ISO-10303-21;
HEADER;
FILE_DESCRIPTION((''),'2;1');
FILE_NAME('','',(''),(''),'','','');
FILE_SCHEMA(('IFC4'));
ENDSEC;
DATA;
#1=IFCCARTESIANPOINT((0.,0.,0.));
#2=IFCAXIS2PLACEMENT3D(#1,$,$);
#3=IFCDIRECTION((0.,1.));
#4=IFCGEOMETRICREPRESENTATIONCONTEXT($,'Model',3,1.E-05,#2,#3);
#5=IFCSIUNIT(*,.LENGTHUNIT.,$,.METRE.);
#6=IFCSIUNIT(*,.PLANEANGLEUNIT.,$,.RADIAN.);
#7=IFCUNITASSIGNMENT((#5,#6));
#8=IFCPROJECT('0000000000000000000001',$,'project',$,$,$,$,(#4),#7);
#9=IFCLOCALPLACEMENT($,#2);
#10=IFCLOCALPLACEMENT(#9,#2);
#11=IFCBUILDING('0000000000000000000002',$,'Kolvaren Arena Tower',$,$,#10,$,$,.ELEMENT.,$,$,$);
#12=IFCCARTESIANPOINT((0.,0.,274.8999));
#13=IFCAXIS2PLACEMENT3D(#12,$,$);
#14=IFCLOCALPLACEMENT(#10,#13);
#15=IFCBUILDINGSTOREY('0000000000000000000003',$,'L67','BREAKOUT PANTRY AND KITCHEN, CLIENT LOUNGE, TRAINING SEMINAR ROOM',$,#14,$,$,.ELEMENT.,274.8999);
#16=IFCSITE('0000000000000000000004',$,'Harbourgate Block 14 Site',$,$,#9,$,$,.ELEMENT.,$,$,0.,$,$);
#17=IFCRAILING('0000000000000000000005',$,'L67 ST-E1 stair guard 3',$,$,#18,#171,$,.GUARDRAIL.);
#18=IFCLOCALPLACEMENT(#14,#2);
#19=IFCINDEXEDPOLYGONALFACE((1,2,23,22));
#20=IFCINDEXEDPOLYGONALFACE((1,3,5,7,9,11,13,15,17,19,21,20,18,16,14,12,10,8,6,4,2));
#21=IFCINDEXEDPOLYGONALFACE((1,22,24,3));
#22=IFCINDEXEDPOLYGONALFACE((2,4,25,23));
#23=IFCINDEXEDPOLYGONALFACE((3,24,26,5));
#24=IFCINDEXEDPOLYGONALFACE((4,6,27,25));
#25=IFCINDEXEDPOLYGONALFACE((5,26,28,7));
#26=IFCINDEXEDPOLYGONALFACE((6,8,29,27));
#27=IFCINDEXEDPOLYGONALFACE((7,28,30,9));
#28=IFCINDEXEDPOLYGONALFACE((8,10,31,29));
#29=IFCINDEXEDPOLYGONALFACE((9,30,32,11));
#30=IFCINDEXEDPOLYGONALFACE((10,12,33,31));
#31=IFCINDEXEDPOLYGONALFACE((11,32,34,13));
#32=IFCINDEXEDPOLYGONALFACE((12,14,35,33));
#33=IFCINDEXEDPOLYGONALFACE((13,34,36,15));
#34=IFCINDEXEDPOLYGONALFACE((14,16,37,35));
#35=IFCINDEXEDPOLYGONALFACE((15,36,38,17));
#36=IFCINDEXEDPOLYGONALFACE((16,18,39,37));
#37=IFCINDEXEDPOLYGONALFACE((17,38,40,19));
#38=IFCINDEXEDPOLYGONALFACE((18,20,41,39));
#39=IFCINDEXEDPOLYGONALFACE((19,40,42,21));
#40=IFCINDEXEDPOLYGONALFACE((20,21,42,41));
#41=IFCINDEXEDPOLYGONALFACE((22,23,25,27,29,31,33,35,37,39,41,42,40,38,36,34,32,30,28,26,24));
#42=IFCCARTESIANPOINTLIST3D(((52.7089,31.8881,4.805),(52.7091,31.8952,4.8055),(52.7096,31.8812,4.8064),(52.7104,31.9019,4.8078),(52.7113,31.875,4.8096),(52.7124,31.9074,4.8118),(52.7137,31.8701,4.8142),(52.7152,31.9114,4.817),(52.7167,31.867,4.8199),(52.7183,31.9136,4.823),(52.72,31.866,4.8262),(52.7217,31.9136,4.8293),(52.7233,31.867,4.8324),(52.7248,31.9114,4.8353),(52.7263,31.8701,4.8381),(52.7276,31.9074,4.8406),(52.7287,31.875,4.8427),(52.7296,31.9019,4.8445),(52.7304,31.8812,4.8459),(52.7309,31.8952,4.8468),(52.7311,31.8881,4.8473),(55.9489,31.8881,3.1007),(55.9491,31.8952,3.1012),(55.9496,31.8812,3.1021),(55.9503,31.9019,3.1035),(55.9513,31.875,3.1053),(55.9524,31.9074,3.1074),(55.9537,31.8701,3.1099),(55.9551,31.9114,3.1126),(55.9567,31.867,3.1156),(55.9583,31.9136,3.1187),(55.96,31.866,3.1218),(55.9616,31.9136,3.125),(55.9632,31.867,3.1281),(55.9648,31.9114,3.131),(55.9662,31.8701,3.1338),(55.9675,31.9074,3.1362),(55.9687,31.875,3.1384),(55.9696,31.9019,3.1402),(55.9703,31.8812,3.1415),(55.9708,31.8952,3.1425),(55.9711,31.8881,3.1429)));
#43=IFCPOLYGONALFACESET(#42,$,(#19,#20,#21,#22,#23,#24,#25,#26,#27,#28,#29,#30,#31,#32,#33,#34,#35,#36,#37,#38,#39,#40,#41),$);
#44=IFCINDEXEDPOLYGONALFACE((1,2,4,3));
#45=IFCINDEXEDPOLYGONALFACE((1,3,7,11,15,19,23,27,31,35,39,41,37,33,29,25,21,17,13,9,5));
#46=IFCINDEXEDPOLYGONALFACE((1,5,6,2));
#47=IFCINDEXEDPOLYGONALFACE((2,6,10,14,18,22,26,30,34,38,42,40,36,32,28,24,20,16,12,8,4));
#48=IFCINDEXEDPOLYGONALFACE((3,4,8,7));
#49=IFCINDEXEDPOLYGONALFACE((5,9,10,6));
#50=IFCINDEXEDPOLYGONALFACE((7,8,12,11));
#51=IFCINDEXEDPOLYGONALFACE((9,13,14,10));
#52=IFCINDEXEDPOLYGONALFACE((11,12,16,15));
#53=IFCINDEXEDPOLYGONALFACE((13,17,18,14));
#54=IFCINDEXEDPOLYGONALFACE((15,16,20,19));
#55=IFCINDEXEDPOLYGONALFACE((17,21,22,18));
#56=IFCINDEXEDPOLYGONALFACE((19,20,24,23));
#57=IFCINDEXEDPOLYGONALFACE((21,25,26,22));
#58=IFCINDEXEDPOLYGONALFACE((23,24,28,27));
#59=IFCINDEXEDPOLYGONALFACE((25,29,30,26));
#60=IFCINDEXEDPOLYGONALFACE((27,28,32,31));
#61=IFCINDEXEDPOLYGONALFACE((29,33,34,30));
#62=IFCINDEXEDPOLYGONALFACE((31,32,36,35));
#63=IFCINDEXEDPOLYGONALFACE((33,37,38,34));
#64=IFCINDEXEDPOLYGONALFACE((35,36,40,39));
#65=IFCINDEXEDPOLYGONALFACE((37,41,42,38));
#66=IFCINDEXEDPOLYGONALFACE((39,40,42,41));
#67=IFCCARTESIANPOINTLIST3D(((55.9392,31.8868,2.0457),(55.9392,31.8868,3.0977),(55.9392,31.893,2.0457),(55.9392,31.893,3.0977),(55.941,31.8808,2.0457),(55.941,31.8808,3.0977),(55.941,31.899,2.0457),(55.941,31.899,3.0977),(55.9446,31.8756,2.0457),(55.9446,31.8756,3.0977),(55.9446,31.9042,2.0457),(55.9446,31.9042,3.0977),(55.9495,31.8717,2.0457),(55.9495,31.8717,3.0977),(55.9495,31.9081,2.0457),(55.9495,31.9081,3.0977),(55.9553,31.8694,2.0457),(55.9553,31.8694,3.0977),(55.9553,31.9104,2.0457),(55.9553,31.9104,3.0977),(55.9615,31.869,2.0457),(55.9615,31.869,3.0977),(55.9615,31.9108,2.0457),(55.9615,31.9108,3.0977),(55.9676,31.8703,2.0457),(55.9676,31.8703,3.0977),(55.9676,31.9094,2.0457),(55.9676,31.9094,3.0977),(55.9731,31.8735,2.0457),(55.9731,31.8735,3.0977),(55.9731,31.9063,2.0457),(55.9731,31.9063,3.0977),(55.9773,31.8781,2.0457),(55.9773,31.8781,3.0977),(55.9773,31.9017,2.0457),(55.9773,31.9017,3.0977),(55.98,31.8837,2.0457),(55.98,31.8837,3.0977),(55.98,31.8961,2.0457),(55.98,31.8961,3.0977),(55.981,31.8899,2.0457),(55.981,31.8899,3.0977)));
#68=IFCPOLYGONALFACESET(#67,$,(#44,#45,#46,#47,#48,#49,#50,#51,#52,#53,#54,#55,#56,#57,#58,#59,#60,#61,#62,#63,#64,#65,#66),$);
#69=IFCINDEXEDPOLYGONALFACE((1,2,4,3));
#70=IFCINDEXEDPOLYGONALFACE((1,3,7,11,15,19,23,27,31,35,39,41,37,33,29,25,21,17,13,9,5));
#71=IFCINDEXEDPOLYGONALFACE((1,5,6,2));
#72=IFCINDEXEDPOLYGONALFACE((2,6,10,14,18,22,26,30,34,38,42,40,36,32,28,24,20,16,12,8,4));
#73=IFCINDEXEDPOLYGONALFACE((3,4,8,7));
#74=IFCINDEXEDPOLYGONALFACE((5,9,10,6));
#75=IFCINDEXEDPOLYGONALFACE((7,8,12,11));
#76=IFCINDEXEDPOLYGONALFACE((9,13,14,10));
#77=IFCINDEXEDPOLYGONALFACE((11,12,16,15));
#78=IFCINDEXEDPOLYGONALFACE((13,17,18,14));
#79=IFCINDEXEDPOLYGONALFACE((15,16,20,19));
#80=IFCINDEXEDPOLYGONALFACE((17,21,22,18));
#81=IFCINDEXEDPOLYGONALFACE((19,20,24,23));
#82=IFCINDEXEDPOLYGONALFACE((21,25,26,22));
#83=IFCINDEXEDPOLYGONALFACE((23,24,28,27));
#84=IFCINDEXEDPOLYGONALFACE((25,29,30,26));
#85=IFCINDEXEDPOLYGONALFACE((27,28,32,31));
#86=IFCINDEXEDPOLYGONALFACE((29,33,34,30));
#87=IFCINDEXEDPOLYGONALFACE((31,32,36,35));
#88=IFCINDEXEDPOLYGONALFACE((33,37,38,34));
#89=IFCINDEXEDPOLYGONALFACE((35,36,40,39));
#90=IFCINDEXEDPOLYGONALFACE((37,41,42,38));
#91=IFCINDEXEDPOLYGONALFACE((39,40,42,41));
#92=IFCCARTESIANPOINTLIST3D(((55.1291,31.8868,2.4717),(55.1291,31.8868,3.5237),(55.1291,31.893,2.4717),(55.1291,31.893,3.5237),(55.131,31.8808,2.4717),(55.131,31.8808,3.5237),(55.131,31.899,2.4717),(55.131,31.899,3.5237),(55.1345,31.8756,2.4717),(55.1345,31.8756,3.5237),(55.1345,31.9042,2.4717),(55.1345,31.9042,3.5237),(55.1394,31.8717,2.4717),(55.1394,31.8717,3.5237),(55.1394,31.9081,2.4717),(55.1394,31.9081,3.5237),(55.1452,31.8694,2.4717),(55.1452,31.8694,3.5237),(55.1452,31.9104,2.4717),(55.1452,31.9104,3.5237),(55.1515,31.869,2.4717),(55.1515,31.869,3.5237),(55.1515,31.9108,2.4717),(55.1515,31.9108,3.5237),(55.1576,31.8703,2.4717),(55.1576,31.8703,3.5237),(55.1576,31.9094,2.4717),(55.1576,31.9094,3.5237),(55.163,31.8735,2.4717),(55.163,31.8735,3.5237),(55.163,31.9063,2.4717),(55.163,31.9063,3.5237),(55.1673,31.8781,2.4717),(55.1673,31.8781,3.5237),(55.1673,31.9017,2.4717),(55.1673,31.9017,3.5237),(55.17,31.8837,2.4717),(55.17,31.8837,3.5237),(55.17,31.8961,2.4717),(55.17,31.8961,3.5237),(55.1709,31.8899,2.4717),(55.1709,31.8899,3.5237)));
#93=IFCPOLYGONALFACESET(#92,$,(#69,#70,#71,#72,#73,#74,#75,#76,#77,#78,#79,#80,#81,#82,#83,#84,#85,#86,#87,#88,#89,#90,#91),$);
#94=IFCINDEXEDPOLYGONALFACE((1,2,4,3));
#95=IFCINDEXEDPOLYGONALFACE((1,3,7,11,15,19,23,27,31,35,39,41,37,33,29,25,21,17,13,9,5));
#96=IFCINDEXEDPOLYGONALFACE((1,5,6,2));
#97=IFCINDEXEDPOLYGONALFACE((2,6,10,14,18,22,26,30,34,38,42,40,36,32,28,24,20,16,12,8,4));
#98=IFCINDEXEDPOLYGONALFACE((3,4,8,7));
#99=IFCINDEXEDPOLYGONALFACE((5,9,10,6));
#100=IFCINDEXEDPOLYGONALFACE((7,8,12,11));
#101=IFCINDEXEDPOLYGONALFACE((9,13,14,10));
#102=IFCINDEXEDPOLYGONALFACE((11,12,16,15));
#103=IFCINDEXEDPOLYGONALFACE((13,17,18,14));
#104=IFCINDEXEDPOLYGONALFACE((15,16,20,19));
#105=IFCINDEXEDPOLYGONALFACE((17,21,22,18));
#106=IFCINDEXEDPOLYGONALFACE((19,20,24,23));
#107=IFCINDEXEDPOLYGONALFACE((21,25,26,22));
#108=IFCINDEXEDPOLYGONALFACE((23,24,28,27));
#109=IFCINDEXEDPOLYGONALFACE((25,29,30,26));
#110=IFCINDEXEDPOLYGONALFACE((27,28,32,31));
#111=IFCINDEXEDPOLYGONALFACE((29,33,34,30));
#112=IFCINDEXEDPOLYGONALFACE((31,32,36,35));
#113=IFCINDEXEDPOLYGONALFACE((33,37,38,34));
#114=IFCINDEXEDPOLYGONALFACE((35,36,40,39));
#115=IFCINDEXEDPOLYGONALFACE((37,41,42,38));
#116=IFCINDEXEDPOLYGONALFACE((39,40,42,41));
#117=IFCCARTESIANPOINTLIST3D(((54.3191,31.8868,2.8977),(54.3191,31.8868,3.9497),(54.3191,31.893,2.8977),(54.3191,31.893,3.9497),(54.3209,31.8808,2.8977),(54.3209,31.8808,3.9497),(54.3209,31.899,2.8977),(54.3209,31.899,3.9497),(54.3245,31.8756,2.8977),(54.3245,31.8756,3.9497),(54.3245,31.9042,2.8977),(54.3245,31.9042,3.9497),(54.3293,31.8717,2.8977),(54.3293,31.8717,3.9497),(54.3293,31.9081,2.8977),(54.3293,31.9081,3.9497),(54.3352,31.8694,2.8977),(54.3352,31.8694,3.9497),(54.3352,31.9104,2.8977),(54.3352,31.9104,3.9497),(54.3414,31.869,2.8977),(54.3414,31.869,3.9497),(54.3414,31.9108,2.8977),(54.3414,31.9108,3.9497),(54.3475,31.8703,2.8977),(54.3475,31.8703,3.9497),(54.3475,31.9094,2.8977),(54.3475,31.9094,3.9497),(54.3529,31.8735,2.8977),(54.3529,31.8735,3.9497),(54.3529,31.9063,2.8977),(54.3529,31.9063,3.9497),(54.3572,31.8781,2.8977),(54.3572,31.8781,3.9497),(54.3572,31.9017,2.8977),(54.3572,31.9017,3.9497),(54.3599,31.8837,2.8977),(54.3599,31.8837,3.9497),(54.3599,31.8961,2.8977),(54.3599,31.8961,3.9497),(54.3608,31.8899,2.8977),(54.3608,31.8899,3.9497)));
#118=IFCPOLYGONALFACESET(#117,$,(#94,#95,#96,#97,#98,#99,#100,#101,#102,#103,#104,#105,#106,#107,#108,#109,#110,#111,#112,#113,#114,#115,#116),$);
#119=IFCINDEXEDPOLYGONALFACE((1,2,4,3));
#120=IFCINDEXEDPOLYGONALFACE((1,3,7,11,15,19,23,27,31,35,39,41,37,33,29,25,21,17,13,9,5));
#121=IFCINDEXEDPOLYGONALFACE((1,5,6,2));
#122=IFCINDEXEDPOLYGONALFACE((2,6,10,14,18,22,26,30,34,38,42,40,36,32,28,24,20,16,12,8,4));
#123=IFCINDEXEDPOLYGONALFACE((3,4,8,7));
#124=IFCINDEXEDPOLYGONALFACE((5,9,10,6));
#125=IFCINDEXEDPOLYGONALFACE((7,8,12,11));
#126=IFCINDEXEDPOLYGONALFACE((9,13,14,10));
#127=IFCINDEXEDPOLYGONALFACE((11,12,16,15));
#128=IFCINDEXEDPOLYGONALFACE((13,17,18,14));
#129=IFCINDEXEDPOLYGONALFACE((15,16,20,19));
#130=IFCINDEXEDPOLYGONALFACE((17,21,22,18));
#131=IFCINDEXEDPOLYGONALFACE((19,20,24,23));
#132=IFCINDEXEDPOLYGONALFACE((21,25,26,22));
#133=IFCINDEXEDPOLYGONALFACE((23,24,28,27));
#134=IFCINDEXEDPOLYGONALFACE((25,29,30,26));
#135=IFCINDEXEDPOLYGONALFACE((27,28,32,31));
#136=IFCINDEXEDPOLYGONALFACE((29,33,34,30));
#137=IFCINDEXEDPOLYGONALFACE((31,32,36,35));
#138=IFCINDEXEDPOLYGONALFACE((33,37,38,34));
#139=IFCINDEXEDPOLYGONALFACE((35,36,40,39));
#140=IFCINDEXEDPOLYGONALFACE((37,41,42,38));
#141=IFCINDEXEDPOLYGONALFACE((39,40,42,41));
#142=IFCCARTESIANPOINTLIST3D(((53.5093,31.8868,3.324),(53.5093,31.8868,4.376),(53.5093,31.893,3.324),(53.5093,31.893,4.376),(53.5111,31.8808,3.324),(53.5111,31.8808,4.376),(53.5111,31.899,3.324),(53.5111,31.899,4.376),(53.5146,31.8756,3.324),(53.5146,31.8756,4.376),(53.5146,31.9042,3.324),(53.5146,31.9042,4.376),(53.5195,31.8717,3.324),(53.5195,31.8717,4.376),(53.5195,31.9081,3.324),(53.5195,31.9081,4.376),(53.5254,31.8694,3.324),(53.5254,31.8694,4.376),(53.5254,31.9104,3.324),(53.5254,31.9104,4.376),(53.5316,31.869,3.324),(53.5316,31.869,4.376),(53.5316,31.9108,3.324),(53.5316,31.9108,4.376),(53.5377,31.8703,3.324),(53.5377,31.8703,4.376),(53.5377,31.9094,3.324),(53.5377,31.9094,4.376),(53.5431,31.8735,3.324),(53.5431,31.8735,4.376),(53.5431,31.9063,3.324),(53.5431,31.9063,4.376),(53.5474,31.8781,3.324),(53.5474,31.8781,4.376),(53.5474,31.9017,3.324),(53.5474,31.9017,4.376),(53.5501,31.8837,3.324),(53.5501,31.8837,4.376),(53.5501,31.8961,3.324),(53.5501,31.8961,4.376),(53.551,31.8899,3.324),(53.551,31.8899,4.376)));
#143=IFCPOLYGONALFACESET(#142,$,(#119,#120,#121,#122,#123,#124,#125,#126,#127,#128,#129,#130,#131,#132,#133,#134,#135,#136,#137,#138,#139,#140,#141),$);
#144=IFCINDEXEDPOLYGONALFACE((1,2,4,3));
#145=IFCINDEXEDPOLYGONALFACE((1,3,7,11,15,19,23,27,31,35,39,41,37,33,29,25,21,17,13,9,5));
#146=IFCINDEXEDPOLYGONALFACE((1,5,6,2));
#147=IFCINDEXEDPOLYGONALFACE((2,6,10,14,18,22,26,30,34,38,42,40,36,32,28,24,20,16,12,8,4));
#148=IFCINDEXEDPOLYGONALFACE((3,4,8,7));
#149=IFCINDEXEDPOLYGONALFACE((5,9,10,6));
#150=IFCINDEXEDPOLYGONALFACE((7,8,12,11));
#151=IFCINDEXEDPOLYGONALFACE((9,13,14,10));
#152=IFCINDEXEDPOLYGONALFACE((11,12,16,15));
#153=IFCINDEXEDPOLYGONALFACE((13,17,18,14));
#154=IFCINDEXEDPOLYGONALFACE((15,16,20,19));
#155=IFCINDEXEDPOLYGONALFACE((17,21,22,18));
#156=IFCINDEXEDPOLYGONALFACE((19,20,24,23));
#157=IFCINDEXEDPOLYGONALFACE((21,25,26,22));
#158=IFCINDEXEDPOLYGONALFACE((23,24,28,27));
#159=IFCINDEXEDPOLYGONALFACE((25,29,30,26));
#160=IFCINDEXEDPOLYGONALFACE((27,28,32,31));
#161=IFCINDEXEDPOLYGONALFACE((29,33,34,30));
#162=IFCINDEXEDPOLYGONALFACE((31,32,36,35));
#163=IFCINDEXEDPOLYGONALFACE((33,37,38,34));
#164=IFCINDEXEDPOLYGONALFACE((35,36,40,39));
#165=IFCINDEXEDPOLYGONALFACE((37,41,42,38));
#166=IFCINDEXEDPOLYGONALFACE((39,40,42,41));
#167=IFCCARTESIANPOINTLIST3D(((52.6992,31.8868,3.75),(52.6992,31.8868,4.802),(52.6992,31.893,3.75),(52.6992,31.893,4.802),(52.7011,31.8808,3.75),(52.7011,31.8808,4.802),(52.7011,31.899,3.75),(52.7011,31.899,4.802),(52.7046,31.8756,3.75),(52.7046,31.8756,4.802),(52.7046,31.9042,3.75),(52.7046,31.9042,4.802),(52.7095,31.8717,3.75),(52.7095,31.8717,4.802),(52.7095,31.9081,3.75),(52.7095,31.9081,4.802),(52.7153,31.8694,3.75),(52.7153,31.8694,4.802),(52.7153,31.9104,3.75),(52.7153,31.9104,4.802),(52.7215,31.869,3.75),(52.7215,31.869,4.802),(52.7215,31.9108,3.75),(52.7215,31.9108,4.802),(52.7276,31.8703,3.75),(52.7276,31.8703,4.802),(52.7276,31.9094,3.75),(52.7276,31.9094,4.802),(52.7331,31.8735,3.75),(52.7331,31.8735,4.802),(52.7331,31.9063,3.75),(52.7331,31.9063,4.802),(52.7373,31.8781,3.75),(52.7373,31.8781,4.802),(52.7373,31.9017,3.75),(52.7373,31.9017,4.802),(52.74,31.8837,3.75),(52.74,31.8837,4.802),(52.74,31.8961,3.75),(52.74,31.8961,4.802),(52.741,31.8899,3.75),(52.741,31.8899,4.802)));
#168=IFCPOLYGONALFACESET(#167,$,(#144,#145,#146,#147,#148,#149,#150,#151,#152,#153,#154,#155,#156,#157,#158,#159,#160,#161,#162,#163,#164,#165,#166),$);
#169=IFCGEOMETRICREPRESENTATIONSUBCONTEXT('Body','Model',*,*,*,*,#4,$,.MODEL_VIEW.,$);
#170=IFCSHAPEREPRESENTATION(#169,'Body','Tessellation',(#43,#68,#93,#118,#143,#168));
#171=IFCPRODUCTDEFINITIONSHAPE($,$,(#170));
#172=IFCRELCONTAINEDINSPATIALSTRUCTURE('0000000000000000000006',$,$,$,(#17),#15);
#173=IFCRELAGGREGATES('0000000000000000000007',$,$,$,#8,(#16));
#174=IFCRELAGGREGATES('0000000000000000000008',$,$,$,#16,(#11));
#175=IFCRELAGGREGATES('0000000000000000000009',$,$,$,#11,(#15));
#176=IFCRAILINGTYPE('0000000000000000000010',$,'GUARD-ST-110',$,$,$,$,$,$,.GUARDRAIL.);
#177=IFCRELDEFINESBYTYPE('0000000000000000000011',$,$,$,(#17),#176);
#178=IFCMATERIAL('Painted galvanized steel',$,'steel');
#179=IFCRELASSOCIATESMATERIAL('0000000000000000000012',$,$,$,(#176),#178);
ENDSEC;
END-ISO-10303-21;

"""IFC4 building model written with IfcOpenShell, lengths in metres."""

from ifc_helpers import new_model, si_unit, direction, frame, origin, origin_2d, place, context, subcontext, project, spatial, circle, extrude, material, type_object, element, save


model = new_model("IFC4")

# Units and contexts
model_context = context("Model", 3, precision=1e-05, world=origin(), true_north=direction((0.0, 1.0)))
body_context = subcontext(model_context, "Body", "Model", "MODEL_VIEW")
ifc_project = project(units=[si_unit("LENGTHUNIT", "METRE"), si_unit("PLANEANGLEUNIT", "RADIAN")], contexts=[model_context])

# Site, building, storey
site_placement = place(None, origin())
site = spatial("IfcSite", under=ifc_project, at=site_placement, Name="Harbourgate Block 14 Site", CompositionType="ELEMENT", RefElevation=0.0)
building_placement = place(site_placement, origin())
building = spatial("IfcBuilding", under=site, at=building_placement, Name="Kolvaren Arena Tower", CompositionType="ELEMENT")
storey_placement = place(building_placement, frame((0.0, 0.0, 274.8999)))
storey = spatial("IfcBuildingStorey", under=building, at=storey_placement, Name="L67", Description="BREAKOUT PANTRY AND KITCHEN, CLIENT LOUNGE, TRAINING SEMINAR ROOM", CompositionType="ELEMENT", Elevation=274.8999)

# Railing
ifc_material_1 = material(Name="Painted galvanized steel", Category="steel")
railing_type_1 = type_object("IfcRailingType", Name="GUARD-ST-110", PredefinedType="GUARDRAIL", material=ifc_material_1)
railing_1_placement = place(storey_placement, frame((55.96, 31.8899, 2.0457)))
element("IfcRailing", 1, at=railing_1_placement, inside=storey, type_object=railing_type_1, Name="L67 ST-E1 stair guard 3", PredefinedType="GUARDRAIL", context=body_context, shape_type="SweptSolid", body=[
    extrude(circle(Radius=0.0239, at=origin_2d()), frame((0.0, 0.0, 1.0762), z_axis=(-0.885021, 0.0, 0.465551), x_axis=(0.0, -1.0, 0.0)), (0.0, 0.0, 1.0), 3.6609),
    extrude(circle(Radius=0.021, at=origin_2d()), origin(), (0.0, 0.0, 1.0), 1.052),
    extrude(circle(Radius=0.021, at=origin_2d()), frame((-0.8101, 0.0, 0.426)), (0.0, 0.0, 1.0), 1.052),
    extrude(circle(Radius=0.021, at=origin_2d()), frame((-1.6201, 0.0, 0.8521)), (0.0, 0.0, 1.0), 1.052),
    extrude(circle(Radius=0.021, at=origin_2d()), frame((-2.4299, 0.0, 1.2783)), (0.0, 0.0, 1.0), 1.052),
    extrude(circle(Radius=0.021, at=origin_2d()), frame((-3.24, 0.0, 1.7043)), (0.0, 0.0, 1.0), 1.052),
])

save(model, "model.ifc")
